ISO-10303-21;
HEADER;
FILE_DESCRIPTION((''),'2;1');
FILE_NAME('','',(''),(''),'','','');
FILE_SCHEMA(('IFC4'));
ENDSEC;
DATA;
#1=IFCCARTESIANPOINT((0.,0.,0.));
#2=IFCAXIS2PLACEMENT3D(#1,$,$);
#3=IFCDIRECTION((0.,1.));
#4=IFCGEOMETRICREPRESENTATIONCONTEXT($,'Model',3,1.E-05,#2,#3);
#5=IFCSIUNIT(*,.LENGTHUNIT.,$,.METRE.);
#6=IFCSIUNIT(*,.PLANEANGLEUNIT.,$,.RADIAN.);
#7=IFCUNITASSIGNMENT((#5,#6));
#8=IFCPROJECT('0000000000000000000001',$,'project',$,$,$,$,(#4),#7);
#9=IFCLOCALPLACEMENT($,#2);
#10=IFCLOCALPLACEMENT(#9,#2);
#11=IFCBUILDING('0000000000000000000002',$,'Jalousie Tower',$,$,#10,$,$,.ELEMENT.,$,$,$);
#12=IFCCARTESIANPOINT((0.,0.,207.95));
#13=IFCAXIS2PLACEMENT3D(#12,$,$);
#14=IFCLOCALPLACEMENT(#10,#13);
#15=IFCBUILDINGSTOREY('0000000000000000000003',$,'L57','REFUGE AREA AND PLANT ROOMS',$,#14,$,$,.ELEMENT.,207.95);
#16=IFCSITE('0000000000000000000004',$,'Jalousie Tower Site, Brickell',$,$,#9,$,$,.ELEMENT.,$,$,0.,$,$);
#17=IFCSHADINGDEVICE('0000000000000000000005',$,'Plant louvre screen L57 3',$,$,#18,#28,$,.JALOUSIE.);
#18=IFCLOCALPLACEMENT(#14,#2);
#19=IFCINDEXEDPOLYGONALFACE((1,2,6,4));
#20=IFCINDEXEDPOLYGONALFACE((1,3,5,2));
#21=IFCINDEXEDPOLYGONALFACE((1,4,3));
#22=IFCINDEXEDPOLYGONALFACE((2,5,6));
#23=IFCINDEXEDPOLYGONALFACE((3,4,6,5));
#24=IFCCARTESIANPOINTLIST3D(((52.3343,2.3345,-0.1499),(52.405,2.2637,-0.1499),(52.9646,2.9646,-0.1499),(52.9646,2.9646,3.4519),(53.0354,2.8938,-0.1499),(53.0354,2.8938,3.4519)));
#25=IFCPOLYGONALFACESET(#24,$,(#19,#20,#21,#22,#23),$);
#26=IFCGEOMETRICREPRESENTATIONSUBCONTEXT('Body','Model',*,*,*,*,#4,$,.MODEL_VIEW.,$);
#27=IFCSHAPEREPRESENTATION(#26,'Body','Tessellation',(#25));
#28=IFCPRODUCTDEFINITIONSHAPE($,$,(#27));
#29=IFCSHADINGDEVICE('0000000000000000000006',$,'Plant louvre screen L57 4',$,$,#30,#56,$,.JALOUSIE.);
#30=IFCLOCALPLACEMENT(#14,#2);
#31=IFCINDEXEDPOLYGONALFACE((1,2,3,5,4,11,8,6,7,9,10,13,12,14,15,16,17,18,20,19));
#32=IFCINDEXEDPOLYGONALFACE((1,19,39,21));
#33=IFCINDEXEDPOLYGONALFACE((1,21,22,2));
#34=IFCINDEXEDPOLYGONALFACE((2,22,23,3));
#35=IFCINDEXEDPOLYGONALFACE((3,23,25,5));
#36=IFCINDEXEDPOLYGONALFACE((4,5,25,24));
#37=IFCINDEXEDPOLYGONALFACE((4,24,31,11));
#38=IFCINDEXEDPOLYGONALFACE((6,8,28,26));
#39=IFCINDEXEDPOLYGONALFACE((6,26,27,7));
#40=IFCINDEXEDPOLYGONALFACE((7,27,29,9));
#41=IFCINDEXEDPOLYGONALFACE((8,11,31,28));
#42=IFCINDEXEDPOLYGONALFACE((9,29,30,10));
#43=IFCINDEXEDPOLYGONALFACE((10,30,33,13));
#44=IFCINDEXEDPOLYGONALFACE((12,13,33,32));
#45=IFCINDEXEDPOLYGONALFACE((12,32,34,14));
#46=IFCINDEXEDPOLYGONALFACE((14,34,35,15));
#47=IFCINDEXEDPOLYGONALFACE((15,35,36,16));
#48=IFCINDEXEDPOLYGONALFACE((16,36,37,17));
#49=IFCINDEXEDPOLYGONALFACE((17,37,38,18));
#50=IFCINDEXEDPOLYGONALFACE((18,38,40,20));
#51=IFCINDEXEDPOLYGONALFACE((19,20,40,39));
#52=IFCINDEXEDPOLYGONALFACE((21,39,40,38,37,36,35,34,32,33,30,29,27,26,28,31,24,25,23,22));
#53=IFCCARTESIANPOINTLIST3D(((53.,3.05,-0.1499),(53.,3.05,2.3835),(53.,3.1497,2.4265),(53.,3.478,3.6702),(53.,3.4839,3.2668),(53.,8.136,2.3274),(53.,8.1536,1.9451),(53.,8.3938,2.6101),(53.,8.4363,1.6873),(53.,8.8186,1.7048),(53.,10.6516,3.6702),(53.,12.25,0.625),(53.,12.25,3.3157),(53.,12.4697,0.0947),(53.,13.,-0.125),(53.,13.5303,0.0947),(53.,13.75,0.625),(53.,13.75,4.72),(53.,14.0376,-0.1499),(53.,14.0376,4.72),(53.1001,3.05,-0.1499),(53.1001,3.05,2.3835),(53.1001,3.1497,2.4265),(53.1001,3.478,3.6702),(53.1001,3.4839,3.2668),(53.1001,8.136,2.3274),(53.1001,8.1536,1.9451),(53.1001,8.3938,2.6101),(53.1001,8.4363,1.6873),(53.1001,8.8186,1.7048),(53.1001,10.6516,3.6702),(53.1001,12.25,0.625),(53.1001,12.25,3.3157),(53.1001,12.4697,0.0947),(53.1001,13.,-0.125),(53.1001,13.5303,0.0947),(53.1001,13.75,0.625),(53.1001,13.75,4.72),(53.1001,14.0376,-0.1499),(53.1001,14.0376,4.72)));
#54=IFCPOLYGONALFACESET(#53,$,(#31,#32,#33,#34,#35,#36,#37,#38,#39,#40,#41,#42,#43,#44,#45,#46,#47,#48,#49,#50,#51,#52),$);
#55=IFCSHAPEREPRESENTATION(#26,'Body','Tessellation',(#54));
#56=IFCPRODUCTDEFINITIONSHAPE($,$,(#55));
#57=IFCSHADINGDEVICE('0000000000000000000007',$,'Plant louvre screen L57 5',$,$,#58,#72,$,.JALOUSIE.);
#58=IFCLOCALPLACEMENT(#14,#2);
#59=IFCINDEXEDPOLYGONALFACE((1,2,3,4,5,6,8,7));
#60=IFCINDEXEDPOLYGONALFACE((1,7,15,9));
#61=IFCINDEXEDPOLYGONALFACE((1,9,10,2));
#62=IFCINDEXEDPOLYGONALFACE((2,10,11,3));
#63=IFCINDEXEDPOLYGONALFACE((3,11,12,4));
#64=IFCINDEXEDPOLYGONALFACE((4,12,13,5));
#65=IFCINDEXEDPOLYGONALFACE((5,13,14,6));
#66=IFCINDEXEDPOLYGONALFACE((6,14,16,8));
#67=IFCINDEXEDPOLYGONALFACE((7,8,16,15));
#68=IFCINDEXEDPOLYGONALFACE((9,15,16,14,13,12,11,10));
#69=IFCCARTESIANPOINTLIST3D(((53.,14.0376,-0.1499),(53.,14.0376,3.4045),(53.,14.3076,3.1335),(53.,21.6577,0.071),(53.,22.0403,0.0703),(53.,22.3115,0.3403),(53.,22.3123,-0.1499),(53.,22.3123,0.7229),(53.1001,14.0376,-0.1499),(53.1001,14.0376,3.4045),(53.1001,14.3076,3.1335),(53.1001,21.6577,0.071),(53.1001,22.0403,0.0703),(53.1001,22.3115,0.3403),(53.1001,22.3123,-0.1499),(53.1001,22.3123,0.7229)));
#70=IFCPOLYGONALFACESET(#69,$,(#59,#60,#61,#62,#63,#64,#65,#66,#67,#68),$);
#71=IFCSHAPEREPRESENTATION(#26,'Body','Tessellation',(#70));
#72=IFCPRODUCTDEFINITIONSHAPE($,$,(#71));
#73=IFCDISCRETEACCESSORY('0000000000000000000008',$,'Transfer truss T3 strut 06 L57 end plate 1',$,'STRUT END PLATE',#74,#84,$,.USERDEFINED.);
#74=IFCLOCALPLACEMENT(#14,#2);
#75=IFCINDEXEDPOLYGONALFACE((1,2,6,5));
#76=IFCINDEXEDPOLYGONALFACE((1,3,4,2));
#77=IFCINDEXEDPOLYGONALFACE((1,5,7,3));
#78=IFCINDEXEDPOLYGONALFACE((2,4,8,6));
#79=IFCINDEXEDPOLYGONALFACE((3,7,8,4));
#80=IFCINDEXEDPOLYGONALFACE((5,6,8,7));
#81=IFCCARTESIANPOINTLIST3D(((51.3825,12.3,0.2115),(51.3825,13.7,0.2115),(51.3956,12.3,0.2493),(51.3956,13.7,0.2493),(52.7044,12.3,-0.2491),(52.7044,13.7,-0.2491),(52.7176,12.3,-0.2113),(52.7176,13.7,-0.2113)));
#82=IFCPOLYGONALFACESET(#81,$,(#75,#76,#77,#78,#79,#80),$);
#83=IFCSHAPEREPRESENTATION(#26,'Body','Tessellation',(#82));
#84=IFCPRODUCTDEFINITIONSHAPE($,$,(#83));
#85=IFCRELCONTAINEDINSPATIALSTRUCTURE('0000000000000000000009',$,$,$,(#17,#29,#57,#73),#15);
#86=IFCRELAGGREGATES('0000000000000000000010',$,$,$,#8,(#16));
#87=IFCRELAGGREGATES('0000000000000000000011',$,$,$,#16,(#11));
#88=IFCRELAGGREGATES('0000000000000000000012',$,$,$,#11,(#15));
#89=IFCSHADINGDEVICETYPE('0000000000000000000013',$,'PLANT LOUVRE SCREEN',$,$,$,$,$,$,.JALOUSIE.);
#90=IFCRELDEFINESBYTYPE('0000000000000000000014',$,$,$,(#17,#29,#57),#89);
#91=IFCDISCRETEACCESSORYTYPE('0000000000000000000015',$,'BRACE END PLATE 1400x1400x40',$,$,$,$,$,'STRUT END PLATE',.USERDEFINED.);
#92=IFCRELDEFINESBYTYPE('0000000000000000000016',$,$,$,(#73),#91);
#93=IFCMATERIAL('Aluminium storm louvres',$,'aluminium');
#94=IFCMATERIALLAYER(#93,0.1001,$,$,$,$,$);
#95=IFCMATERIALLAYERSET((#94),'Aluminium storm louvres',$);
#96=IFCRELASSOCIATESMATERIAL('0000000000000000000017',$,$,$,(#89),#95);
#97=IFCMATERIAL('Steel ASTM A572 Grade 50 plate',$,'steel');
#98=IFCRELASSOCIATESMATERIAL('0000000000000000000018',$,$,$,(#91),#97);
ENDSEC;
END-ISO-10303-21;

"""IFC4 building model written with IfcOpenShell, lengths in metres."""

from ifc_helpers import new_model, si_unit, direction, frame, origin, origin_2d, place, context, subcontext, project, spatial, polyline, rectangle, outline, extrude, material, layer, layer_set, material_profile, profile_set, type_object, element, save


model = new_model("IFC4")

# Units and contexts
model_context = context("Model", 3, precision=1e-05, world=origin(), true_north=direction((0.0, 1.0)))
body_context = subcontext(model_context, "Body", "Model", "MODEL_VIEW")
ifc_project = project(units=[si_unit("LENGTHUNIT", "METRE"), si_unit("PLANEANGLEUNIT", "RADIAN")], contexts=[model_context])

# Site, building, storey
site_placement = place(None, origin())
site = spatial("IfcSite", under=ifc_project, at=site_placement, Name="Jalousie Tower Site, Brickell", CompositionType="ELEMENT", RefElevation=0.0)
building_placement = place(site_placement, origin())
building = spatial("IfcBuilding", under=site, at=building_placement, Name="Jalousie Tower", CompositionType="ELEMENT")
storey_placement = place(building_placement, frame((0.0, 0.0, 207.95)))
storey = spatial("IfcBuildingStorey", under=building, at=storey_placement, Name="L57", Description="REFUGE AREA AND PLANT ROOMS", CompositionType="ELEMENT", Elevation=207.95)

# Shading devices
ifc_material_1 = material(Name="Aluminium storm louvres", Category="aluminium")
ifc_layer_1 = layer(ifc_material_1, 0.1001)
ifc_layer_set_1 = layer_set([ifc_layer_1], Name="Aluminium storm louvres")
shading_device_type = type_object("IfcShadingDeviceType", Name="PLANT LOUVRE SCREEN", PredefinedType="JALOUSIE", material=ifc_layer_set_1)
shading_device_1_placement = place(storey_placement, frame((53.0354, 2.8938, -0.1499), z_axis=(0.70697, -0.707244, 0.0), x_axis=(0.0, 0.0, 1.0)))
element("IfcShadingDevice", 1, at=shading_device_1_placement, inside=storey, type_object=shading_device_type, Name="Plant louvre screen L57 3", PredefinedType="JALOUSIE", context=body_context, shape_type="SweptSolid", body=[
    extrude(outline(polyline([(0.0, 0.0), (3.6018, 0.0), (0.0, 0.8913), (0.0, 0.0)])), origin(), (0.0, 0.0, -1.0), 0.1001),
])
shading_device_2_placement = place(storey_placement, frame((53.1001, 3.05, -0.1499), z_axis=(1.0, 0.0, 0.0), x_axis=(0.0, 1.0, 0.0)))
element("IfcShadingDevice", 2, at=shading_device_2_placement, inside=storey, type_object=shading_device_type, Name="Plant louvre screen L57 4", PredefinedType="JALOUSIE", context=body_context, shape_type="SweptSolid", body=[
    extrude(outline(polyline([(0.0, 0.0), (10.9875, 0.0), (10.9875, 4.8699), (10.7, 4.8699), (10.7, 0.7749), (10.4802, 0.2446), (9.95, 0.0249), (9.4197, 0.2446), (9.2, 0.7749), (9.2, 3.4656), (5.7686, 1.8547), (5.3862, 1.8372), (5.1035, 2.095), (5.0859, 2.4773), (5.3438, 2.76), (7.6016, 3.8201), (0.428, 3.8201), (0.4338, 3.4167), (0.0996, 2.5764), (0.0, 2.5334), (0.0, 0.0)])), origin(), (0.0, 0.0, -1.0), 0.1001),
])
shading_device_3_placement = place(storey_placement, frame((53.1001, 14.0376, -0.1499), z_axis=(1.0, 0.0, 0.0), x_axis=(0.0, 1.0, 0.0)))
element("IfcShadingDevice", 3, at=shading_device_3_placement, inside=storey, type_object=shading_device_type, Name="Plant louvre screen L57 5", PredefinedType="JALOUSIE", context=body_context, shape_type="SweptSolid", body=[
    extrude(outline(polyline([(0.0, 0.0), (8.2747, 0.0), (8.2747, 0.8728), (8.2739, 0.4902), (8.0027, 0.2202), (7.6201, 0.2209), (0.27, 3.2834), (0.0, 3.5544), (0.0, 0.0)])), origin(), (0.0, 0.0, -1.0), 0.1001),
])

# Discrete accessory
ifc_material_2 = material(Name="Steel ASTM A572 Grade 50 plate", Category="steel")
ifc_material_profile_1 = material_profile(ifc_material_2, rectangle(XDim=1.3999, YDim=1.3999, at=origin_2d()), Name="BRACE END PLATE 1400x1400x40")
ifc_profile_set_1 = profile_set([ifc_material_profile_1], Name="Steel ASTM A572 Grade 50 plate")
discrete_accessory_type = type_object("IfcDiscreteAccessoryType", Name="BRACE END PLATE 1400x1400x40", ElementType="STRUT END PLATE", PredefinedType="USERDEFINED", material=ifc_profile_set_1)
discrete_accessory_placement = place(storey_placement, frame((52.0435, 13.0, -0.0188), z_axis=(0.328993, 0.0, 0.944332), x_axis=(0.0, 1.0, 0.0)))
element("IfcDiscreteAccessory", 4, at=discrete_accessory_placement, inside=storey, type_object=discrete_accessory_type, Name="Transfer truss T3 strut 06 L57 end plate 1", ObjectType="STRUT END PLATE", PredefinedType="USERDEFINED", context=body_context, shape_type="SweptSolid", body=[
    extrude(rectangle(XDim=1.3999, YDim=1.3999, at=origin_2d()), origin(), (0.0, 0.0, 1.0), 0.04),
])

save(model, "model.ifc")
